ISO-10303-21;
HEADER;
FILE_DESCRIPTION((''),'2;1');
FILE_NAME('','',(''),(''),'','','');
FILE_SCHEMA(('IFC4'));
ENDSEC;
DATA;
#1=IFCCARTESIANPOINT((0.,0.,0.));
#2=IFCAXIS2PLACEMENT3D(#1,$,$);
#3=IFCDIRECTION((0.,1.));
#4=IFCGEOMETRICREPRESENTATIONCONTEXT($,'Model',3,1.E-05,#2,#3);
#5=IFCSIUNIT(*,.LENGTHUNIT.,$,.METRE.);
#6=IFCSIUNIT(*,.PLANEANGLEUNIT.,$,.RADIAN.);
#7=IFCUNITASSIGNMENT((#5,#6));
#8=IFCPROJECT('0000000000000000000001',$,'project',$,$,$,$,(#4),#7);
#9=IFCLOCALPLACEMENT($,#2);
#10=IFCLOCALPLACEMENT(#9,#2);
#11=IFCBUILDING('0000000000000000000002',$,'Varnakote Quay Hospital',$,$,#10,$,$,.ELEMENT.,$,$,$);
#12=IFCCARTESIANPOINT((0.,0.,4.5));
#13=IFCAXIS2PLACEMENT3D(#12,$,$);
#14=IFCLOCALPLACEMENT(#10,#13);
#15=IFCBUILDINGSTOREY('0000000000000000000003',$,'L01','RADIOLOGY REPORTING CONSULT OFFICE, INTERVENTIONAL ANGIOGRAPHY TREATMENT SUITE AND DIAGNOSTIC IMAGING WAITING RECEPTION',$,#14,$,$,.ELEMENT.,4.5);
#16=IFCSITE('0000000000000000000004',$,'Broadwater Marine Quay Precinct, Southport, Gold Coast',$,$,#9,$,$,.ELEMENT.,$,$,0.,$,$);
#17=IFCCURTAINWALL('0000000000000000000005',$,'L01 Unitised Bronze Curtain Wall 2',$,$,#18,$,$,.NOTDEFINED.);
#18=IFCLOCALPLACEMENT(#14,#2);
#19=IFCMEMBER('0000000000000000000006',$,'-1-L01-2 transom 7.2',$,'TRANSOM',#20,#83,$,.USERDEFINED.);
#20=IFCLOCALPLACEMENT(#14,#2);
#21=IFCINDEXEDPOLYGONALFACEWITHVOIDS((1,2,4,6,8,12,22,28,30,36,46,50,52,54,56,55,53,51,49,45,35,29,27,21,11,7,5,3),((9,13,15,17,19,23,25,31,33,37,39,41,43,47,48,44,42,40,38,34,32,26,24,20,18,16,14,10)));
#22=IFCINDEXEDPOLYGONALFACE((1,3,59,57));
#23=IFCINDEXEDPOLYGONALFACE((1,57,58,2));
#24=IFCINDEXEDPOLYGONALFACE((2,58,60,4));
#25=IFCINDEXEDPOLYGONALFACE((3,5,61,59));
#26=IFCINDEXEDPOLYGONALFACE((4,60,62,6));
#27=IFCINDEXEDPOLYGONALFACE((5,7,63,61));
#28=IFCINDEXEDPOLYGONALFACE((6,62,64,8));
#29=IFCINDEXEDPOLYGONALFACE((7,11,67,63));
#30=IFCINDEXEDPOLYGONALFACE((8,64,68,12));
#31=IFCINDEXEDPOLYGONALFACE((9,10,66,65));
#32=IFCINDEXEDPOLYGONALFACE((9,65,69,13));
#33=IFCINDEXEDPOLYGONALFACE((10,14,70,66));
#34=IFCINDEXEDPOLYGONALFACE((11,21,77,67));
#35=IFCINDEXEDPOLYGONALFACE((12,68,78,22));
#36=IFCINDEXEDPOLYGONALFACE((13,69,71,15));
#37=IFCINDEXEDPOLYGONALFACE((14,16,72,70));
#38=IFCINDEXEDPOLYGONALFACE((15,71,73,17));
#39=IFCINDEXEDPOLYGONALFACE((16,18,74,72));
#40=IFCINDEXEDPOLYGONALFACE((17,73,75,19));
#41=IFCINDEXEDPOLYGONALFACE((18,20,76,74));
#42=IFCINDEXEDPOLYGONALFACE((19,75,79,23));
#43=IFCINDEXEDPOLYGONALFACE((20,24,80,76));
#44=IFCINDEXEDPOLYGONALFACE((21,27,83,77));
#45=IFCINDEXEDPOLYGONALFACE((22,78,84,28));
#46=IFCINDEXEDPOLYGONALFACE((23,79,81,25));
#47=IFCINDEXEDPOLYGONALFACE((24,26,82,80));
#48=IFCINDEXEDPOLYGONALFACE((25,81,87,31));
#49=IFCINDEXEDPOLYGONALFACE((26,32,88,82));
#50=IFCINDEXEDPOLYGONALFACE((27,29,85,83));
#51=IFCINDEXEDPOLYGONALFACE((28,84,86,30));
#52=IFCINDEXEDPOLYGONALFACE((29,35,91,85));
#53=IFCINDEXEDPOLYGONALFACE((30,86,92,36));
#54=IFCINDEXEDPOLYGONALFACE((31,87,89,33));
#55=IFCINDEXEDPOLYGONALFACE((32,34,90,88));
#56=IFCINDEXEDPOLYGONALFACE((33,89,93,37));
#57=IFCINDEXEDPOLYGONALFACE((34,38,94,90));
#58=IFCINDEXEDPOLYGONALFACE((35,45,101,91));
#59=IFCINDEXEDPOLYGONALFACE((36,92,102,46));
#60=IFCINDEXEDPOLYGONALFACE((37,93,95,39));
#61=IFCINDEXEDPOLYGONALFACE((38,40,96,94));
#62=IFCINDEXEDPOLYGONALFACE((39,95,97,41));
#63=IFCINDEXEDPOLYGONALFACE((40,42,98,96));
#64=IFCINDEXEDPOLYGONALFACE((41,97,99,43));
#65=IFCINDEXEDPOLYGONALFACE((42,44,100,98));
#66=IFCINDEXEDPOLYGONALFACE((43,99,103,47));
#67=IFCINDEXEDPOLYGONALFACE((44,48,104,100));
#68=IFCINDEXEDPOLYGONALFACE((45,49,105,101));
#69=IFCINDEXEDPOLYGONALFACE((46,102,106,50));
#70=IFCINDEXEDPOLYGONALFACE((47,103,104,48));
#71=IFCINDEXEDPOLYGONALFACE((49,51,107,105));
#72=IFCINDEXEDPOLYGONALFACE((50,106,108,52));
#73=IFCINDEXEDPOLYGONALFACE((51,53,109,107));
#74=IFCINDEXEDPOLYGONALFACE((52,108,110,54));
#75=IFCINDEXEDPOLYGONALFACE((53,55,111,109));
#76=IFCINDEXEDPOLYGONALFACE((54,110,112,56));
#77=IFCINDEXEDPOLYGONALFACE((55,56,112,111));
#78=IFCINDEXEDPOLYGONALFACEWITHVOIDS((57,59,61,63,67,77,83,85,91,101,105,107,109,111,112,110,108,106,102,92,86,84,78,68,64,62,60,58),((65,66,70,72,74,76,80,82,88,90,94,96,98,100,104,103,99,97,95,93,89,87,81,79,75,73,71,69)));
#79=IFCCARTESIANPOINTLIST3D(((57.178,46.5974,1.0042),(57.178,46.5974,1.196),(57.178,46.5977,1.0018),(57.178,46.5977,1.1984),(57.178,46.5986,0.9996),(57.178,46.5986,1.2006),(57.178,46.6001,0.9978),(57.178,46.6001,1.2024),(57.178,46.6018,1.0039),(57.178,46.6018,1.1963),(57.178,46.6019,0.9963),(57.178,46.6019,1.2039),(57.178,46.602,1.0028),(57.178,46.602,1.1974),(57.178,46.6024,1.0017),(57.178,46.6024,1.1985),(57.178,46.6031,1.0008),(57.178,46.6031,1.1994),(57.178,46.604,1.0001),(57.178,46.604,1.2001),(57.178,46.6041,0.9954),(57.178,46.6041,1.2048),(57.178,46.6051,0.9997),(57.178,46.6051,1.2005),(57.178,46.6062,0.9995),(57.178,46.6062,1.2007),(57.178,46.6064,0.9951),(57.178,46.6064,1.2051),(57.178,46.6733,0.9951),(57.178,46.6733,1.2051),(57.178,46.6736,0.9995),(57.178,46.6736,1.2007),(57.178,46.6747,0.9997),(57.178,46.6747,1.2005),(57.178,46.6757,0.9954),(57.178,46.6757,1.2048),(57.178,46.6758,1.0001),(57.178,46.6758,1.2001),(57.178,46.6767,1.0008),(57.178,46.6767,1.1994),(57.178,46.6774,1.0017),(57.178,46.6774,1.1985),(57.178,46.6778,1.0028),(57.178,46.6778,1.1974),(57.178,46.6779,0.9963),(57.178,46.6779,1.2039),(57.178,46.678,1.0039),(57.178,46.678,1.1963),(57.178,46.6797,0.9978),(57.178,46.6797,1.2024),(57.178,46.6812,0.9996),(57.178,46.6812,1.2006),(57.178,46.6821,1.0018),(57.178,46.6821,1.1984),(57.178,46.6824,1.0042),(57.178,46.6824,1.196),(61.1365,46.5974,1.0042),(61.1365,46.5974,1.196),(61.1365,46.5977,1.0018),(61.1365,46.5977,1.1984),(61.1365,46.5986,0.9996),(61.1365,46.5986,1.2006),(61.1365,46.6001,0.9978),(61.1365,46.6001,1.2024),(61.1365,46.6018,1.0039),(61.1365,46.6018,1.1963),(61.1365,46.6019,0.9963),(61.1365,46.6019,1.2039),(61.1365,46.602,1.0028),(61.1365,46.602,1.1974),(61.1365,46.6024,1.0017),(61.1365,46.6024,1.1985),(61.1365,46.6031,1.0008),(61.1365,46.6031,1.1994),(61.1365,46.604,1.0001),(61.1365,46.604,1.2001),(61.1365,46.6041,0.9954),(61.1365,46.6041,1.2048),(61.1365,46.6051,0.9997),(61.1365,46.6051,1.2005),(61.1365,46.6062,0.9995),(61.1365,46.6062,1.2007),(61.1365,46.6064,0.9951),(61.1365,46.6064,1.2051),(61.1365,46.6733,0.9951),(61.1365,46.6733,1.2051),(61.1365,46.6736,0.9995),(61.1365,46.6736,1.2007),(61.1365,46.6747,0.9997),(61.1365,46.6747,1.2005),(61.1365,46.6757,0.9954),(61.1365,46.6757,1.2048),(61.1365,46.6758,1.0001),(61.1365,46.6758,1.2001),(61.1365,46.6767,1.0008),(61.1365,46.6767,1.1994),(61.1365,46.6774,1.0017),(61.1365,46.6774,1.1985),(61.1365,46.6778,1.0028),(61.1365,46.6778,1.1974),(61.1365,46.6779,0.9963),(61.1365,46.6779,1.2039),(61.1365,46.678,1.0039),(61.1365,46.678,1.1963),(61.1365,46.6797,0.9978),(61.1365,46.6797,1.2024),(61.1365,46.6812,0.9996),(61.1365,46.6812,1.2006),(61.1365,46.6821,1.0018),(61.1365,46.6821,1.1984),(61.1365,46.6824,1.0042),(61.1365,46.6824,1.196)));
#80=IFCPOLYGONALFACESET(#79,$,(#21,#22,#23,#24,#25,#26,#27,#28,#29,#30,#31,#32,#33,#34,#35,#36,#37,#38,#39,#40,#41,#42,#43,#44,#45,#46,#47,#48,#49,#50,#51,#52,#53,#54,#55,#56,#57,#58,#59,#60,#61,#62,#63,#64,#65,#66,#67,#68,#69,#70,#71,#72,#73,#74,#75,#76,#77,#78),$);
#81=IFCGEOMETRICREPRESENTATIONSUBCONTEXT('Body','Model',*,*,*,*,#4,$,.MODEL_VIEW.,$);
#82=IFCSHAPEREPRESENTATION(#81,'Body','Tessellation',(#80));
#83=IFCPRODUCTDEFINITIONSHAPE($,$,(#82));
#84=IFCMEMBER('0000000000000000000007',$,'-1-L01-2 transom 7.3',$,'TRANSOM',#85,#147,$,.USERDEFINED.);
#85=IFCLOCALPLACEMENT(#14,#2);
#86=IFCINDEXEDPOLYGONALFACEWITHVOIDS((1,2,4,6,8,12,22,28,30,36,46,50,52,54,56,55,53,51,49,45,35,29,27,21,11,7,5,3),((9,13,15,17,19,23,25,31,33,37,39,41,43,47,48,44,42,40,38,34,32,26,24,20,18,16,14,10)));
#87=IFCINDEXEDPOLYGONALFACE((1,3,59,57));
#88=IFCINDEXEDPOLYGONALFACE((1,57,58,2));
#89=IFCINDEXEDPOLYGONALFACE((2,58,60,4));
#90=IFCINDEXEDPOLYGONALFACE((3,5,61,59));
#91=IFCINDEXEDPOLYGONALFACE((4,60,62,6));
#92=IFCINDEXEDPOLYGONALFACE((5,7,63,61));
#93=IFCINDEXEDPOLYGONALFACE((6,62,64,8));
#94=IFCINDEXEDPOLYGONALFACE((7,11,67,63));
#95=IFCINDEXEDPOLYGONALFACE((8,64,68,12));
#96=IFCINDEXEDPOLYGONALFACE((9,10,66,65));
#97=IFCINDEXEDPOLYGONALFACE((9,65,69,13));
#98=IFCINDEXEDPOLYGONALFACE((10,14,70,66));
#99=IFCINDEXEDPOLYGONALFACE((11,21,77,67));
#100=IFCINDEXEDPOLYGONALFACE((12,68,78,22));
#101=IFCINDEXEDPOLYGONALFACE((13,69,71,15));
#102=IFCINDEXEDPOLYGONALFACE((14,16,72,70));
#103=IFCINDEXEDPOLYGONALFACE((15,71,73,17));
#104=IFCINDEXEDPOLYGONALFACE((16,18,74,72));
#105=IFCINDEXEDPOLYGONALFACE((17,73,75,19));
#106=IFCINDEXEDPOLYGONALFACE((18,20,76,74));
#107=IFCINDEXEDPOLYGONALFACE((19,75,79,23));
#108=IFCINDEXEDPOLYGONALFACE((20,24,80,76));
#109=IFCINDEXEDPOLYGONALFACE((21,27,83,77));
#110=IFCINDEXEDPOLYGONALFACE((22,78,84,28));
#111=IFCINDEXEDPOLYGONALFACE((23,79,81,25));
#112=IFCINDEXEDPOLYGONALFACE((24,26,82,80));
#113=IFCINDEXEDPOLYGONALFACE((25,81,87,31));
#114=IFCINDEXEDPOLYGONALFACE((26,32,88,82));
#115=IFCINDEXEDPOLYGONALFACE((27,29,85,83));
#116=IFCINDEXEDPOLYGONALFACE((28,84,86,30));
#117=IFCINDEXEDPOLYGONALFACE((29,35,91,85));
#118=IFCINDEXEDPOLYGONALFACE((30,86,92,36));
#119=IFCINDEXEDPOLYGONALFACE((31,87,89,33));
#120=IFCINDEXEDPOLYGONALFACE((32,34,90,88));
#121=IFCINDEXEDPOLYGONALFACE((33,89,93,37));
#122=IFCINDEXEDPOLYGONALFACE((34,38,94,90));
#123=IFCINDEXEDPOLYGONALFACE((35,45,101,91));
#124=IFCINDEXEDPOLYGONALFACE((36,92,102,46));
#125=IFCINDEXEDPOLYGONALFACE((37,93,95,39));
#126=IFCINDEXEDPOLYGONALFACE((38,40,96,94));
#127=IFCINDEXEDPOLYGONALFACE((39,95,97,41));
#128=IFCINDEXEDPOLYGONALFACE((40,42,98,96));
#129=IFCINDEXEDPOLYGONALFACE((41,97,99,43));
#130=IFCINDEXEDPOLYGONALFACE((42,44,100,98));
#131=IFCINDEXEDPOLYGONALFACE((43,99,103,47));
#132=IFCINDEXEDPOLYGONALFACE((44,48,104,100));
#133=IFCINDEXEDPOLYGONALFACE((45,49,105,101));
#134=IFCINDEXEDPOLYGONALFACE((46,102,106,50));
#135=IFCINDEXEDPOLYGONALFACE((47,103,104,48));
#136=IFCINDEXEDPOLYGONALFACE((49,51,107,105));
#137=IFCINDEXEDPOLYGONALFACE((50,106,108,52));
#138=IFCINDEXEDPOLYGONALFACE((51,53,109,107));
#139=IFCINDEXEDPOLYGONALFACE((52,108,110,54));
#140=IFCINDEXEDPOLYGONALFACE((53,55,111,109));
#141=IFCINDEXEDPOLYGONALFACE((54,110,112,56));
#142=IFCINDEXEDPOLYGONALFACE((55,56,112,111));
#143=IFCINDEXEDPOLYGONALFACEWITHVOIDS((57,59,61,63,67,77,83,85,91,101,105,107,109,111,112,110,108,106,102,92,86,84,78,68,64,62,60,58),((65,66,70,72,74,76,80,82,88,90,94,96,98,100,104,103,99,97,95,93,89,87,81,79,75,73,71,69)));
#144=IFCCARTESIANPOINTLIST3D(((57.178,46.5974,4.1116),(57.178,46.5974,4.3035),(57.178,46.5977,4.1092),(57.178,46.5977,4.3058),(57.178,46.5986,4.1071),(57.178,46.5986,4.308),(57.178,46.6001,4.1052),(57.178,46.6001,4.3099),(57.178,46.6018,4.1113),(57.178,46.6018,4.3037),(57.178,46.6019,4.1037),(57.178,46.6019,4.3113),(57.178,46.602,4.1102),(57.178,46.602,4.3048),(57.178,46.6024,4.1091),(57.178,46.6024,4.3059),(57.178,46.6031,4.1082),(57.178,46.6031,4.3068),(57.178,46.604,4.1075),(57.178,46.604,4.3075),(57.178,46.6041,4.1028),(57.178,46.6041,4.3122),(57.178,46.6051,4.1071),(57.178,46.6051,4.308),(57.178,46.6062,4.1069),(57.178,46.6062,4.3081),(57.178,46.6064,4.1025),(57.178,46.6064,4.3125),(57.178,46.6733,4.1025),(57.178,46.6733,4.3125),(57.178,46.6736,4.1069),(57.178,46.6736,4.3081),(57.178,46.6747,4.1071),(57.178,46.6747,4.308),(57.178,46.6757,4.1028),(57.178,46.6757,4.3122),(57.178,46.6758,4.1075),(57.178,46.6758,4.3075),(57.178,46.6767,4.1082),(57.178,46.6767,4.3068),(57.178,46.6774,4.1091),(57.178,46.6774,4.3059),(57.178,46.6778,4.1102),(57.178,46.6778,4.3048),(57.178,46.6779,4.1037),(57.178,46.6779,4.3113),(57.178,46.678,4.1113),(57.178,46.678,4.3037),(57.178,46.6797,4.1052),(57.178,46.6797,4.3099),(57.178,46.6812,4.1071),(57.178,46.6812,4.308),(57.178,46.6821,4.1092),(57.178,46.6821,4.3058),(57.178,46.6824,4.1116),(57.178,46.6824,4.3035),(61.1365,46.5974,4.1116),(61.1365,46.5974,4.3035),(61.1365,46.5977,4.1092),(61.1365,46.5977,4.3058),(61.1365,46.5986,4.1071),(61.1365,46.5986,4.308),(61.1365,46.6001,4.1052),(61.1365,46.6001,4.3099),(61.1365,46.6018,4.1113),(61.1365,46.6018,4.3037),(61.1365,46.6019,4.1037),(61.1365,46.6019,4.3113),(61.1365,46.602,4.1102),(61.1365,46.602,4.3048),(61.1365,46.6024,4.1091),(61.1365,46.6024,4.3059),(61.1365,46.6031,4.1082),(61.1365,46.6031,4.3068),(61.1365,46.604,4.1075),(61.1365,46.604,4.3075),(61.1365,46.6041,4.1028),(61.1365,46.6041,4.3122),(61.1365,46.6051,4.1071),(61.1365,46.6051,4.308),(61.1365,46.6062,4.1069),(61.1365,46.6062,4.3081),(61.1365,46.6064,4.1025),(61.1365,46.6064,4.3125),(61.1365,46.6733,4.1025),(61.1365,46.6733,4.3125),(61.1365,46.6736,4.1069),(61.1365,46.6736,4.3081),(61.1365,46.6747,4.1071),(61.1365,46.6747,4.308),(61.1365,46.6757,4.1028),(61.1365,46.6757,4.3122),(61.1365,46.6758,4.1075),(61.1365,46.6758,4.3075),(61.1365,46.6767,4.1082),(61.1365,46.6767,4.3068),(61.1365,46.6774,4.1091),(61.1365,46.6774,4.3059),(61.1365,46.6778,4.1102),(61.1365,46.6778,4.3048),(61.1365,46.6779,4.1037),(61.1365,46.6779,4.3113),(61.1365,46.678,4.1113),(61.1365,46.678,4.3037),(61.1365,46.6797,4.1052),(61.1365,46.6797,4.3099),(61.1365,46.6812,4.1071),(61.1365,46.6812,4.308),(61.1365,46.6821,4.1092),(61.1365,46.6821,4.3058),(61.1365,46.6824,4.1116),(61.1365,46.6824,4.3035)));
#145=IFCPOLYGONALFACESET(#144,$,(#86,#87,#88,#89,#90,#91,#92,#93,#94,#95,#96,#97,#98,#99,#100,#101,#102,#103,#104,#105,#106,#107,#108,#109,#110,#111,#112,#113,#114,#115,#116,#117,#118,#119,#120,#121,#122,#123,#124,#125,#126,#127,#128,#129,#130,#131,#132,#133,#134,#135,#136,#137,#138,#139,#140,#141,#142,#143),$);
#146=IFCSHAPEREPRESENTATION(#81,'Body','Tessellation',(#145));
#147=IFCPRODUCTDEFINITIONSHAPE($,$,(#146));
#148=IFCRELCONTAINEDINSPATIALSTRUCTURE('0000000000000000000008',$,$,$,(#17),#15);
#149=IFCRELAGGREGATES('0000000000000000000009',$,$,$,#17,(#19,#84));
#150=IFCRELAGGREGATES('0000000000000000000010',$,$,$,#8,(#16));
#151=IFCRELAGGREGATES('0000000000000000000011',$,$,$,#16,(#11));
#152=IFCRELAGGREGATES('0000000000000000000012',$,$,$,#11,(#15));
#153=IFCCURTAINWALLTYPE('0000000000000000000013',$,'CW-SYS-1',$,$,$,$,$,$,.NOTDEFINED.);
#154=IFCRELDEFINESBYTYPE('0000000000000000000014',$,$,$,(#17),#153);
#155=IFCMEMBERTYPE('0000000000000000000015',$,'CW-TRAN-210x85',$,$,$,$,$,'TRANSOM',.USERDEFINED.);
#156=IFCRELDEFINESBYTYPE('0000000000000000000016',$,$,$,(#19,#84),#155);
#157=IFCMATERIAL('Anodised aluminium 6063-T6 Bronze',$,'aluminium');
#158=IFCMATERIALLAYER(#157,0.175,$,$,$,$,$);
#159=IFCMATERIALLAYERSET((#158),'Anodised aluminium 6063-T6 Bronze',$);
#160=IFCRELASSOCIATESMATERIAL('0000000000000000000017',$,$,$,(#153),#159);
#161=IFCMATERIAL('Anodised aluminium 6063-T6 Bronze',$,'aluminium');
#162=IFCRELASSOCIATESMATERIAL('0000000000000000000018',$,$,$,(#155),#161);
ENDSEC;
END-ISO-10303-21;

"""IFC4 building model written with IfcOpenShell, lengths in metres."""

from ifc_helpers import new_model, si_unit, direction, frame, origin, origin_2d, place, context, subcontext, project, spatial, hollow_rectangle, extrude, material, layer, layer_set, material_profile, profile_set, type_object, element, aggregate, save


model = new_model("IFC4")

# Units and contexts
model_context = context("Model", 3, precision=1e-05, world=origin(), true_north=direction((0.0, 1.0)))
body_context = subcontext(model_context, "Body", "Model", "MODEL_VIEW")
ifc_project = project(units=[si_unit("LENGTHUNIT", "METRE"), si_unit("PLANEANGLEUNIT", "RADIAN")], contexts=[model_context])

# Site, building, storey
site_placement = place(None, origin())
site = spatial("IfcSite", under=ifc_project, at=site_placement, Name="Broadwater Marine Quay Precinct, Southport, Gold Coast", CompositionType="ELEMENT", RefElevation=0.0)
building_placement = place(site_placement, origin())
building = spatial("IfcBuilding", under=site, at=building_placement, Name="Varnakote Quay Hospital", CompositionType="ELEMENT")
storey_placement = place(building_placement, frame((0.0, 0.0, 4.5)))
storey = spatial("IfcBuildingStorey", under=building, at=storey_placement, Name="L01", Description="RADIOLOGY REPORTING CONSULT OFFICE, INTERVENTIONAL ANGIOGRAPHY TREATMENT SUITE AND DIAGNOSTIC IMAGING WAITING RECEPTION", CompositionType="ELEMENT", Elevation=4.5)

# Curtain wall, members
ifc_material_1 = material(Name="Anodised aluminium 6063-T6 Bronze", Category="aluminium")
ifc_layer_1 = layer(ifc_material_1, 0.175)
ifc_layer_set_1 = layer_set([ifc_layer_1], Name="Anodised aluminium 6063-T6 Bronze")
curtain_wall_type = type_object("IfcCurtainWallType", Name="CW-SYS-1", PredefinedType="NOTDEFINED", material=ifc_layer_set_1)
curtain_wall_placement = place(storey_placement, origin())
curtain_wall = element("IfcCurtainWall", 1, at=curtain_wall_placement, inside=storey, type_object=curtain_wall_type, Name="L01 Unitised Bronze Curtain Wall 2", PredefinedType="NOTDEFINED")
ifc_material_2 = material(Name="Anodised aluminium 6063-T6 Bronze", Category="aluminium")
ifc_material_profile_1 = material_profile(ifc_material_2, hollow_rectangle(XDim=0.085, YDim=0.21, WallThickness=0.0044, InnerFilletRadius=0.0044, OuterFilletRadius=0.009, at=origin_2d()), Name="CW-TRAN-210x85")
ifc_profile_set_1 = profile_set([ifc_material_profile_1], Name="Anodised aluminium 6063-T6 Bronze")
member_type_1 = type_object("IfcMemberType", Name="CW-TRAN-210x85", ElementType="TRANSOM", PredefinedType="USERDEFINED", material=ifc_profile_set_1)
member_1_placement = place(storey_placement, frame((61.1365, 46.6399, 1.1001), z_axis=(-1.0, 0.0, 0.0), x_axis=(0.0, -1.0, 0.0)))
member_1 = element("IfcMember", 2, at=member_1_placement, type_object=member_type_1, Name="-1-L01-2 transom 7.2", ObjectType="TRANSOM", PredefinedType="USERDEFINED", context=body_context, shape_type="SweptSolid", body=[
    extrude(hollow_rectangle(XDim=0.085, YDim=0.21, WallThickness=0.0044, InnerFilletRadius=0.0044, OuterFilletRadius=0.009, at=origin_2d()), origin(), (0.0, 0.0, 1.0), 3.9585),
])
member_2_placement = place(storey_placement, frame((61.1365, 46.6399, 4.2075), z_axis=(-1.0, 0.0, 0.0), x_axis=(0.0, -1.0, 0.0)))
member_2 = element("IfcMember", 3, at=member_2_placement, type_object=member_type_1, Name="-1-L01-2 transom 7.3", ObjectType="TRANSOM", PredefinedType="USERDEFINED", context=body_context, shape_type="SweptSolid", body=[
    extrude(hollow_rectangle(XDim=0.085, YDim=0.21, WallThickness=0.0044, InnerFilletRadius=0.0044, OuterFilletRadius=0.009, at=origin_2d()), origin(), (0.0, 0.0, 1.0), 3.9585),
])

aggregate(curtain_wall, [member_1, member_2])

save(model, "model.ifc")
